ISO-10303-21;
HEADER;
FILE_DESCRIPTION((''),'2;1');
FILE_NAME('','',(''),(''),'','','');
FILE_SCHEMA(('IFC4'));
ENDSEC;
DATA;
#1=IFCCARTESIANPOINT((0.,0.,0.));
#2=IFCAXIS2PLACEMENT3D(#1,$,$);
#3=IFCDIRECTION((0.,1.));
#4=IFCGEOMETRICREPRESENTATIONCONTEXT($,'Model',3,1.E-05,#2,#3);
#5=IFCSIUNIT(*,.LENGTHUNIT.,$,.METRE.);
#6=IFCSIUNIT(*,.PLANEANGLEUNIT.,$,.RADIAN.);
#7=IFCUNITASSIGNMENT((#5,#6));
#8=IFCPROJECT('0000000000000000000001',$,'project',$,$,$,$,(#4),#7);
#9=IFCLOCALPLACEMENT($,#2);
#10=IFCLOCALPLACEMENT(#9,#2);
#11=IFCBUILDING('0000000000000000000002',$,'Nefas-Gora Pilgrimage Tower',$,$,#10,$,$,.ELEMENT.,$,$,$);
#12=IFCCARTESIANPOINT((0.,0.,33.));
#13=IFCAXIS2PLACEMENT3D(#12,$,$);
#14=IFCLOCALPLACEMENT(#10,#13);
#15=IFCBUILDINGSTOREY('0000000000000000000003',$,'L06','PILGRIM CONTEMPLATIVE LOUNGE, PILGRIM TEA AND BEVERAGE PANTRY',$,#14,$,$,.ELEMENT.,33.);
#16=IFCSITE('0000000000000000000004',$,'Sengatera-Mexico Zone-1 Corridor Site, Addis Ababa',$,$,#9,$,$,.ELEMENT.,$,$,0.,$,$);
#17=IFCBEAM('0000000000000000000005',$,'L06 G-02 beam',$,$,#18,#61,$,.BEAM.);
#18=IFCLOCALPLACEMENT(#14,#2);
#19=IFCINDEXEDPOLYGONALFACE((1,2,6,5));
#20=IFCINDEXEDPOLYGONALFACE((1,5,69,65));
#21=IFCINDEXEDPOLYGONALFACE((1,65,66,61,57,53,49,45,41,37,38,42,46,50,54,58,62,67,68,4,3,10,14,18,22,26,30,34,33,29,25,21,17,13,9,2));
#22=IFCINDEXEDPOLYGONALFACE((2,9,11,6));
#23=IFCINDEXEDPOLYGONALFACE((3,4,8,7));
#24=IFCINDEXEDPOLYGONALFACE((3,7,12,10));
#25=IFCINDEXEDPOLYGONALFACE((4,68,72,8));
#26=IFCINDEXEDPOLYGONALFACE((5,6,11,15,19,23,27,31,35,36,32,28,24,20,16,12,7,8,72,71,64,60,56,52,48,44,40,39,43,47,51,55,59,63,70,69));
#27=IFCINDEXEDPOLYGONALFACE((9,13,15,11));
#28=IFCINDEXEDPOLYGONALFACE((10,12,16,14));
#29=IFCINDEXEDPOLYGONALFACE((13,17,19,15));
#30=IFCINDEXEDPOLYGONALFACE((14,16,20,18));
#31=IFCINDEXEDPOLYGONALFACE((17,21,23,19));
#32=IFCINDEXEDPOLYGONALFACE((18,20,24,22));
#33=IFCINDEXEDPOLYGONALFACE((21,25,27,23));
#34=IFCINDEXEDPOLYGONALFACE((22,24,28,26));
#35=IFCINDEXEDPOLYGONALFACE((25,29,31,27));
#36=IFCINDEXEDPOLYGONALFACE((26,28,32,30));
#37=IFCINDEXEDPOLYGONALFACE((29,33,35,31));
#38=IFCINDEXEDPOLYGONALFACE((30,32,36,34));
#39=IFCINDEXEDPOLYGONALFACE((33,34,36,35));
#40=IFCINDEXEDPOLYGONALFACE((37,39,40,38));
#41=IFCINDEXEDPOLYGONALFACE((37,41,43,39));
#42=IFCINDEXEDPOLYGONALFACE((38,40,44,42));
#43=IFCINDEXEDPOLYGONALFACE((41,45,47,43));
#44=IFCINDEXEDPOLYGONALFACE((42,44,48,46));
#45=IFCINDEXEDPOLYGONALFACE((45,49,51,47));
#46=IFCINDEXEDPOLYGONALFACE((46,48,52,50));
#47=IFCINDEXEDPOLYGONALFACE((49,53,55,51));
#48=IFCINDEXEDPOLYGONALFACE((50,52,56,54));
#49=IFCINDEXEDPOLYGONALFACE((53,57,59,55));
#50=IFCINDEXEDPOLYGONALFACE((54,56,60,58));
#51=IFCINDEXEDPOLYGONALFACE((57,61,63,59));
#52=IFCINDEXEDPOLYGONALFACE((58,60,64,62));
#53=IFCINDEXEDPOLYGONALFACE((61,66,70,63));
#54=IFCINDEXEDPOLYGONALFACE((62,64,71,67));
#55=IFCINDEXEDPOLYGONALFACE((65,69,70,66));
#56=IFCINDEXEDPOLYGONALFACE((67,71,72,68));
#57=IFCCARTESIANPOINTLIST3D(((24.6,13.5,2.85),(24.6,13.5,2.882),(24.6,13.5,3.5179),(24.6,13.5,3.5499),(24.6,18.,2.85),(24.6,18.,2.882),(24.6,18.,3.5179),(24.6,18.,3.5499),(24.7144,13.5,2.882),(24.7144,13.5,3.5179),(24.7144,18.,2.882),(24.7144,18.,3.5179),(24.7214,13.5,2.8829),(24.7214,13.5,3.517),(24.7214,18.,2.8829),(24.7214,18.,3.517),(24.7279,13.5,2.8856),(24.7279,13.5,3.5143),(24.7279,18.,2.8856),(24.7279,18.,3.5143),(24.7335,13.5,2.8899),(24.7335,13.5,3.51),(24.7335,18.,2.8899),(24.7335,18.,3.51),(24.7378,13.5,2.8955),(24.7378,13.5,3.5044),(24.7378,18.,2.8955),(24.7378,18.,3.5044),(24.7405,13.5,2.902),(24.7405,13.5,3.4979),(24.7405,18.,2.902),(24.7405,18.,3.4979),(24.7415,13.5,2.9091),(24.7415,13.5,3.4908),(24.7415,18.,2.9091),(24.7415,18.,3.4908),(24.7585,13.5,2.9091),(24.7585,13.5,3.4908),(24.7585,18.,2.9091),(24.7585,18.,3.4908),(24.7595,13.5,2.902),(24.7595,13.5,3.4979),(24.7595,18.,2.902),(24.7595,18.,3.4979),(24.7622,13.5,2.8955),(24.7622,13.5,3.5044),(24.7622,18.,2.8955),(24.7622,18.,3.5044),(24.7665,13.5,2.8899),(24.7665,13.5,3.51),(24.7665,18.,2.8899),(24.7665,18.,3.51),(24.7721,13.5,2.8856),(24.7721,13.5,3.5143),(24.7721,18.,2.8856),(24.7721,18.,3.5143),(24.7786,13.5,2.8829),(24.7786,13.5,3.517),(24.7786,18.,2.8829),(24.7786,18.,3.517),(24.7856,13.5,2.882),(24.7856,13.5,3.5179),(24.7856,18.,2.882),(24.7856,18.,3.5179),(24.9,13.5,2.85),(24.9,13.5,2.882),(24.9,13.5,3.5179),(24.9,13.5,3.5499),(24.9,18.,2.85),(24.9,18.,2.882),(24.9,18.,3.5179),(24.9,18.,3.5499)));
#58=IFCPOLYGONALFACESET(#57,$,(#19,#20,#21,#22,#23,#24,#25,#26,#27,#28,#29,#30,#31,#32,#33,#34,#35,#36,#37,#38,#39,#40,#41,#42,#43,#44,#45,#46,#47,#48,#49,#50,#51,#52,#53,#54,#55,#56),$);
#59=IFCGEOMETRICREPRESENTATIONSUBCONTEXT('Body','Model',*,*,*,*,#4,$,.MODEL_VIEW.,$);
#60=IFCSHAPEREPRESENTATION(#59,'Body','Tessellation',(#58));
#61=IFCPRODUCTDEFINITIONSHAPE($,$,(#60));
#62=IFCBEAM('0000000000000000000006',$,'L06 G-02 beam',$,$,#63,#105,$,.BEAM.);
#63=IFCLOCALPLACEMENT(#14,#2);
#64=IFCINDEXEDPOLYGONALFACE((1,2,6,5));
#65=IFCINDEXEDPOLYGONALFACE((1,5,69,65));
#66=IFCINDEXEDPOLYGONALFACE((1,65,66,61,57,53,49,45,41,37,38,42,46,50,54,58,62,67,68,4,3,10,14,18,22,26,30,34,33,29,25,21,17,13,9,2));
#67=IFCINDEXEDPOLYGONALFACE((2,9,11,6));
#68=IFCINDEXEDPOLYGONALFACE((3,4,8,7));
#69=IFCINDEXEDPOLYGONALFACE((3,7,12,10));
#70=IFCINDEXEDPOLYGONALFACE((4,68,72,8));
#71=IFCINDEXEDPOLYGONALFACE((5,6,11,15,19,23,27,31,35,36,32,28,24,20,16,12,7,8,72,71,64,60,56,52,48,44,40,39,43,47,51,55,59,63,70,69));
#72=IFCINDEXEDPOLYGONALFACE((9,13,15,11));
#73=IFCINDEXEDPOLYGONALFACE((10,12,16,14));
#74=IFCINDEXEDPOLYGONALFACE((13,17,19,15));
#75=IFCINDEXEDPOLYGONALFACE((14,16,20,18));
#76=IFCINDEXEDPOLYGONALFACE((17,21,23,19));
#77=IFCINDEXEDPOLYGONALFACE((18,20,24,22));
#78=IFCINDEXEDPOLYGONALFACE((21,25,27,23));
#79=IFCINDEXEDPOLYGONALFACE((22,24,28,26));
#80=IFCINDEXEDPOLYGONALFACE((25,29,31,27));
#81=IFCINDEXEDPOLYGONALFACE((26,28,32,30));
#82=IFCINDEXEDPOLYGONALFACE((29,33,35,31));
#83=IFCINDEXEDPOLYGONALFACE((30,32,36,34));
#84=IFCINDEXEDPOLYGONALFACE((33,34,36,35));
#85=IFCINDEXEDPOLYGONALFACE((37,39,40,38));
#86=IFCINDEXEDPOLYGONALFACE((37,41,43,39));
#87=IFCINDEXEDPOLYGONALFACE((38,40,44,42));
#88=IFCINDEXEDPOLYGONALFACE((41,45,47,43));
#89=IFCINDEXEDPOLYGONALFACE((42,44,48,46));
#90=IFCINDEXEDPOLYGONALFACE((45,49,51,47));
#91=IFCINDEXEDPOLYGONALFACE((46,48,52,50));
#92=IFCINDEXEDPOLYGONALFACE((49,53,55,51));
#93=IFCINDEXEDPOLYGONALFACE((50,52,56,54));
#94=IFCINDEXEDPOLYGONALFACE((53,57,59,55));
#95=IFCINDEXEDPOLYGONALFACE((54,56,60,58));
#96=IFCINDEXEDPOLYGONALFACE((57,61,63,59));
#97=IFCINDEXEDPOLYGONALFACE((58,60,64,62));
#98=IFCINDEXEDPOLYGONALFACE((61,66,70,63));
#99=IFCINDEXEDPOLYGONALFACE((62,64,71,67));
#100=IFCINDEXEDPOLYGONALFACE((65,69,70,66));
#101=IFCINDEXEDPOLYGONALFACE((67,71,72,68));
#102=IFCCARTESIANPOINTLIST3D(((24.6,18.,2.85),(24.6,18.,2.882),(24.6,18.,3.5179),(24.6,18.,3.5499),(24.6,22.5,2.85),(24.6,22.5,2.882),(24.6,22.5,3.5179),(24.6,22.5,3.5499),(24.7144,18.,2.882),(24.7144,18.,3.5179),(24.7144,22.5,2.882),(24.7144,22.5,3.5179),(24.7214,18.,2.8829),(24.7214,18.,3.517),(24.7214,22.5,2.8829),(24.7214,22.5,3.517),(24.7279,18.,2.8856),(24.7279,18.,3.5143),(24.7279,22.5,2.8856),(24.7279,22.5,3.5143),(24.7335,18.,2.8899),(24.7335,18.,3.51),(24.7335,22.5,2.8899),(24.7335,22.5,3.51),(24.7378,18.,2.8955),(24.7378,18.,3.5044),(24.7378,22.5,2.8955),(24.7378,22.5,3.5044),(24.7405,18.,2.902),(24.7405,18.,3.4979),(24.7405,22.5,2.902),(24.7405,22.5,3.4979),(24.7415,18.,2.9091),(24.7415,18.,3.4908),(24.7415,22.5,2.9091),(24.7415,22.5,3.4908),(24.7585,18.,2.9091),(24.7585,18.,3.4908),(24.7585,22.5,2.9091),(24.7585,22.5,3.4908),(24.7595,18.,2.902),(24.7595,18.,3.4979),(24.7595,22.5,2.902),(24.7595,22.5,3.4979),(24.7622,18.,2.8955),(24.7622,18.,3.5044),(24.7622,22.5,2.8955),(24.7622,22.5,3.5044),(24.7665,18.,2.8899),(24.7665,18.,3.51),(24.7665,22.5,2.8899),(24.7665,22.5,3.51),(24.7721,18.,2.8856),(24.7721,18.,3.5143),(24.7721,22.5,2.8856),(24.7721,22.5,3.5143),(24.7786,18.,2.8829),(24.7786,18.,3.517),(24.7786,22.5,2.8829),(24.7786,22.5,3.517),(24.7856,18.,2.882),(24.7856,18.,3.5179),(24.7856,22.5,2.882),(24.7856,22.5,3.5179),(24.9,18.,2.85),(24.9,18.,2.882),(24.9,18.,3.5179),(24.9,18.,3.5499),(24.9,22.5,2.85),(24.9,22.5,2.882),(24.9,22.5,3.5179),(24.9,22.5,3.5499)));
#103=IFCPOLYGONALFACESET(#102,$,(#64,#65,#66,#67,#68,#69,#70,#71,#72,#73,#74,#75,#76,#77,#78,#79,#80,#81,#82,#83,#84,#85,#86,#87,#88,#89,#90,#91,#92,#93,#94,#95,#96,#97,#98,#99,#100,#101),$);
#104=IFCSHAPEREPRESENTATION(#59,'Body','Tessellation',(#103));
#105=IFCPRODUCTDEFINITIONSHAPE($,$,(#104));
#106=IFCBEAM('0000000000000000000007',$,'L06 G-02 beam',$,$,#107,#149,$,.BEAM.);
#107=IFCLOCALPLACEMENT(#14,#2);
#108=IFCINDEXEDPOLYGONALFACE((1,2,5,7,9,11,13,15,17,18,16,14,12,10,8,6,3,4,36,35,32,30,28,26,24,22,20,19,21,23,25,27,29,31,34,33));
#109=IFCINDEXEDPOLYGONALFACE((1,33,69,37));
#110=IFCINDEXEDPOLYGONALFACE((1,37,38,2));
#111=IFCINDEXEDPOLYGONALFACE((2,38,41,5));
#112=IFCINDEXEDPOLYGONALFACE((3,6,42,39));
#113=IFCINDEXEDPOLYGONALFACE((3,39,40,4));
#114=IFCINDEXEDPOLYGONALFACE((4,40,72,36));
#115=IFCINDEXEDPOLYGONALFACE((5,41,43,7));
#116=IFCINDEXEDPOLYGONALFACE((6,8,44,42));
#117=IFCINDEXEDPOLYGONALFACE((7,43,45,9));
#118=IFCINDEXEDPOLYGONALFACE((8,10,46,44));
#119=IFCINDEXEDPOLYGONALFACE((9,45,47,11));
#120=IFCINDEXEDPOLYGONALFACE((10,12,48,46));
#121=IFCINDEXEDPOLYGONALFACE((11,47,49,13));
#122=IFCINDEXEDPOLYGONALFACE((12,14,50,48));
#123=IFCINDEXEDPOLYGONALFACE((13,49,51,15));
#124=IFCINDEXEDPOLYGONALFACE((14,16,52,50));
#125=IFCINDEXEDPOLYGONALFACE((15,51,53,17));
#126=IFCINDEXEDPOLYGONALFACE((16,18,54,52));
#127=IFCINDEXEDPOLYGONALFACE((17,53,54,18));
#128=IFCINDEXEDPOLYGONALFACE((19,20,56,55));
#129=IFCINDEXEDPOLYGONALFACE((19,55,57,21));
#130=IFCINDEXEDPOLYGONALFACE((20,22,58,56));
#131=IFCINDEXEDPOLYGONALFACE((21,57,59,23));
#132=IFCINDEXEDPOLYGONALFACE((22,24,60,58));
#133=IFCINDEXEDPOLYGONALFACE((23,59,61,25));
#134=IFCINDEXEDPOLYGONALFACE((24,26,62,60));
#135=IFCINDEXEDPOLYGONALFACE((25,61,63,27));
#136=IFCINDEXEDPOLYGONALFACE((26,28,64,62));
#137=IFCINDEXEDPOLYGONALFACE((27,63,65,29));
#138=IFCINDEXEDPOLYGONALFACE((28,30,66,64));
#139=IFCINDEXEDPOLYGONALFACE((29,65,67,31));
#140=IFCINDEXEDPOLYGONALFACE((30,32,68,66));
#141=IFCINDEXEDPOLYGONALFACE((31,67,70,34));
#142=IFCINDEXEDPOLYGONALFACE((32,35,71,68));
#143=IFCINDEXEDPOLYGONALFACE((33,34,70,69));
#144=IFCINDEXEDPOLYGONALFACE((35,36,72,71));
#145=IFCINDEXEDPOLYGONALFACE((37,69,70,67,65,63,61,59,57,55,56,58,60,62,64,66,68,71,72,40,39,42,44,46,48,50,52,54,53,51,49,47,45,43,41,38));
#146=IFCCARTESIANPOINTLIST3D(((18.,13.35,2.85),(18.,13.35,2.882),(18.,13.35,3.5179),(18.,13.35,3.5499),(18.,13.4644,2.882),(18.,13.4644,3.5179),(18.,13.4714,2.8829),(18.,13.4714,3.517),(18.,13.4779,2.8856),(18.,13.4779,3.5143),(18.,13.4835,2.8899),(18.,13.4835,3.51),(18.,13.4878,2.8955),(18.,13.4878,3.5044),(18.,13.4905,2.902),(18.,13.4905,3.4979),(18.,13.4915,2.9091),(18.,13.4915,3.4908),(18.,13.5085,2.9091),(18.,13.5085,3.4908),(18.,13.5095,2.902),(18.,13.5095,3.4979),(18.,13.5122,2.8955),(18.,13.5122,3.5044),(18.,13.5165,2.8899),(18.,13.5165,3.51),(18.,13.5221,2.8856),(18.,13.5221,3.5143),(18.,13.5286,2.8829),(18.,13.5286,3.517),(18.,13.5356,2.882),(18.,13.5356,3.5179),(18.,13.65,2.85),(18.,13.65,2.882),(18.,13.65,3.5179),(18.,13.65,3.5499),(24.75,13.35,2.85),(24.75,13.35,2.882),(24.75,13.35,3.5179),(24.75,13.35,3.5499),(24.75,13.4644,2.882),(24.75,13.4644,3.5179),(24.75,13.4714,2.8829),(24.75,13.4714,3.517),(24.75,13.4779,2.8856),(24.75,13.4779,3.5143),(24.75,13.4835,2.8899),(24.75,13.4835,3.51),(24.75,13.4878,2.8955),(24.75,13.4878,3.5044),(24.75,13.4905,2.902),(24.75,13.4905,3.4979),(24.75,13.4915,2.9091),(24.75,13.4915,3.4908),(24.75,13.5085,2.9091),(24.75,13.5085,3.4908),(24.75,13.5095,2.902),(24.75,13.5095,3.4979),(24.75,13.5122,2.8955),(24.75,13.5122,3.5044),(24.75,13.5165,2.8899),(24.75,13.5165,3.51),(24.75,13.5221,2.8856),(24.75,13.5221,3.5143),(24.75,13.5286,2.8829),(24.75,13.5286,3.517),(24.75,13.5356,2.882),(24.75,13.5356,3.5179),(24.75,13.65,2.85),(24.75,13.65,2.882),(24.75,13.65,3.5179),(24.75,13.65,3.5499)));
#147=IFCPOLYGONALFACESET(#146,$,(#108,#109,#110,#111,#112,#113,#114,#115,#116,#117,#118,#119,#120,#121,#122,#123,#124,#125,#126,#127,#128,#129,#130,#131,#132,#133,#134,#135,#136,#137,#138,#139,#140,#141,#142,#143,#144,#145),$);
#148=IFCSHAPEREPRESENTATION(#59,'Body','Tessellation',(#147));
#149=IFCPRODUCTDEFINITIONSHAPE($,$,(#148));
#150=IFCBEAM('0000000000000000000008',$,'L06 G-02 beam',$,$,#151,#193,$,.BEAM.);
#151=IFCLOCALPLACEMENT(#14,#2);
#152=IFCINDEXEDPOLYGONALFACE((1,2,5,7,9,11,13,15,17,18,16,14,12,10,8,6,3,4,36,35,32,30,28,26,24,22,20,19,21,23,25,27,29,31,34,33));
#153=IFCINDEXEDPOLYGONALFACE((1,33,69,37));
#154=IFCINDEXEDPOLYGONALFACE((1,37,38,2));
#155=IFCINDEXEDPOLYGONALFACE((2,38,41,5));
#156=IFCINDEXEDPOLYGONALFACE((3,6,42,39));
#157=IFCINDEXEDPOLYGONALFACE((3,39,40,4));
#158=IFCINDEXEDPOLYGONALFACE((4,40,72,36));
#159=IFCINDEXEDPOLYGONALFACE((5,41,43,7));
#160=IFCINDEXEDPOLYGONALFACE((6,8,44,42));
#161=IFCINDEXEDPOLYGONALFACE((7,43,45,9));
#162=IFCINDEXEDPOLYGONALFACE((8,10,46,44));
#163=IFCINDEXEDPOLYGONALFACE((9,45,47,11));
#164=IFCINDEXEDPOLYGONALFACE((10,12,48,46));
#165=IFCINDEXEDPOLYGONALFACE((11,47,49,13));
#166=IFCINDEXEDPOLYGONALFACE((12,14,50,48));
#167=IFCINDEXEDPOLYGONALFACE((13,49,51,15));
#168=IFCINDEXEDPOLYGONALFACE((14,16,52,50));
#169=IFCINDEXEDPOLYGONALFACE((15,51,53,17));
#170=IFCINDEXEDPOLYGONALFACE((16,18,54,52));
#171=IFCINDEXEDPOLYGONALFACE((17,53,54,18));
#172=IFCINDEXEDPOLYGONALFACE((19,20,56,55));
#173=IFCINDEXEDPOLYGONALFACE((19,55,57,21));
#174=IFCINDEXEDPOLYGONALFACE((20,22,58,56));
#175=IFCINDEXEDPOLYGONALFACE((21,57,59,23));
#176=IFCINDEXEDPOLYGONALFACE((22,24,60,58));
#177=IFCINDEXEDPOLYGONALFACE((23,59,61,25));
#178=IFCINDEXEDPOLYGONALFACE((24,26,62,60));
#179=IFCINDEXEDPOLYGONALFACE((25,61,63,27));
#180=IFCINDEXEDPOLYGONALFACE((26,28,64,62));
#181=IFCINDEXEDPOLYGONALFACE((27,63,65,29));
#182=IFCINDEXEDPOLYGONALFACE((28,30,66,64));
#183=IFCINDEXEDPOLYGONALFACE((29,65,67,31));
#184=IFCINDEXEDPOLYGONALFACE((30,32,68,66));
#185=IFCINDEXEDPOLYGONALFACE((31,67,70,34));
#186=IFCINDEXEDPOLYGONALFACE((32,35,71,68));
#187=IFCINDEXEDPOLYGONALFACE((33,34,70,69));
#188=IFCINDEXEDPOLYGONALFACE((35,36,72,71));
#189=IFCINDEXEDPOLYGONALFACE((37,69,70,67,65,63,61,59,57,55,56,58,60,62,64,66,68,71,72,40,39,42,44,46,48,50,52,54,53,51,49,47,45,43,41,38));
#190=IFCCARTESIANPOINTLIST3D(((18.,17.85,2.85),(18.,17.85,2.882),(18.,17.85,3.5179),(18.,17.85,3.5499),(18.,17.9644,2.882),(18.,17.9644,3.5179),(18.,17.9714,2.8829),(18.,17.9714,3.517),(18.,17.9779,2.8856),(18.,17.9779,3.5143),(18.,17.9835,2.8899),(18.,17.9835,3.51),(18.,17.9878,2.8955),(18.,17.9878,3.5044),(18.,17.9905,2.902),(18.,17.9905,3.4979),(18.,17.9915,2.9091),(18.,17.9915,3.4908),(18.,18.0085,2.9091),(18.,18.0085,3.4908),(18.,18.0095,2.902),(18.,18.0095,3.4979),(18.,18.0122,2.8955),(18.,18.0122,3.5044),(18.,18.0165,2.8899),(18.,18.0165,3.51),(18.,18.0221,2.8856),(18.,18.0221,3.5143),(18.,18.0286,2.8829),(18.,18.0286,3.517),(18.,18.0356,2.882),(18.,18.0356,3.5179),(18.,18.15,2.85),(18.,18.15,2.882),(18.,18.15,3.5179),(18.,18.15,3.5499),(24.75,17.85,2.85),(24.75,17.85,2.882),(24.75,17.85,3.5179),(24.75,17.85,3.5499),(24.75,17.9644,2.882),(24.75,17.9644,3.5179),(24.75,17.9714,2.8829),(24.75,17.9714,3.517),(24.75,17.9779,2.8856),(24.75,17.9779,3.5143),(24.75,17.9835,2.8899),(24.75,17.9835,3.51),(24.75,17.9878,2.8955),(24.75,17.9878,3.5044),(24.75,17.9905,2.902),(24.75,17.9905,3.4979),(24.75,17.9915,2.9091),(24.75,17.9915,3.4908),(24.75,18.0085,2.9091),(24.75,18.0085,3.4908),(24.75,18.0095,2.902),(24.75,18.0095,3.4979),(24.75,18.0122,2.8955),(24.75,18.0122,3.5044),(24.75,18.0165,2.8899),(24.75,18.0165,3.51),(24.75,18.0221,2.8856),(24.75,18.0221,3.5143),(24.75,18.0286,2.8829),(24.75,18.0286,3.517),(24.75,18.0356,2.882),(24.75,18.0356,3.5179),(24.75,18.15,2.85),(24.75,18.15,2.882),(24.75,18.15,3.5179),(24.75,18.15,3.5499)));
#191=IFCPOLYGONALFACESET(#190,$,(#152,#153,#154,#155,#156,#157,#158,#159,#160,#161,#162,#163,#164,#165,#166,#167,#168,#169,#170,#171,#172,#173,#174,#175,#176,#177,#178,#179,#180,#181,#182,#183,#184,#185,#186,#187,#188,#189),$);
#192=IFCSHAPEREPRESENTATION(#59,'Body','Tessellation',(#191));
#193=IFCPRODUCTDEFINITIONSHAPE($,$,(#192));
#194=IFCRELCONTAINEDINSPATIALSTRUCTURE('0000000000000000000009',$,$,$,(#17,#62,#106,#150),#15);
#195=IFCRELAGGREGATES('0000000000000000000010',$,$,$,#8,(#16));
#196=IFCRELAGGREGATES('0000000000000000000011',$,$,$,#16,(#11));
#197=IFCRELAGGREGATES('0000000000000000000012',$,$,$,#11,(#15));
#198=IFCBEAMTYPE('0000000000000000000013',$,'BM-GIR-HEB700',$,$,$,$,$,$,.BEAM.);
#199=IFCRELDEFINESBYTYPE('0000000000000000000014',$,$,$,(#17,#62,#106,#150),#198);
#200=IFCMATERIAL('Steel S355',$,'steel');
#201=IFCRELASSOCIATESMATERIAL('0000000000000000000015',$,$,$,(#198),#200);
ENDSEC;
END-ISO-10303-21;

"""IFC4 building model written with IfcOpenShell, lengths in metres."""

from ifc_helpers import new_model, si_unit, direction, frame, origin, origin_2d, place, context, subcontext, project, spatial, i_section, extrude, source, transform, mapped, material, material_profile, profile_set, type_object, element, save


model = new_model("IFC4")

# Units and contexts
model_context = context("Model", 3, precision=1e-05, world=origin(), true_north=direction((0.0, 1.0)))
body_context = subcontext(model_context, "Body", "Model", "MODEL_VIEW")
ifc_project = project(units=[si_unit("LENGTHUNIT", "METRE"), si_unit("PLANEANGLEUNIT", "RADIAN")], contexts=[model_context])

# Site, building, storey
site_placement = place(None, origin())
site = spatial("IfcSite", under=ifc_project, at=site_placement, Name="Sengatera-Mexico Zone-1 Corridor Site, Addis Ababa", CompositionType="ELEMENT", RefElevation=0.0)
building_placement = place(site_placement, origin())
building = spatial("IfcBuilding", under=site, at=building_placement, Name="Nefas-Gora Pilgrimage Tower", CompositionType="ELEMENT")
storey_placement = place(building_placement, frame((0.0, 0.0, 33.0)))
storey = spatial("IfcBuildingStorey", under=building, at=storey_placement, Name="L06", Description="PILGRIM CONTEMPLATIVE LOUNGE, PILGRIM TEA AND BEVERAGE PANTRY", CompositionType="ELEMENT", Elevation=33.0)

# Beams
ifc_material_1 = material(Name="Steel S355", Category="steel")
ifc_material_profile_1 = material_profile(ifc_material_1, i_section(OverallWidth=0.3, OverallDepth=0.7, WebThickness=0.0171, FlangeThickness=0.032, FilletRadius=0.0271, at=origin_2d()), Name="HEB 700")
ifc_profile_set_1 = profile_set([ifc_material_profile_1], Name="Steel S355")
beam_type_1 = type_object("IfcBeamType", Name="BM-GIR-HEB700", PredefinedType="BEAM", material=ifc_profile_set_1)
shared_shape_1 = source(origin(), body_context, "Body", "SweptSolid", [
    extrude(i_section(OverallWidth=0.3, OverallDepth=0.7, WebThickness=0.0171, FlangeThickness=0.032, FilletRadius=0.0271, at=origin_2d()), origin(), (0.0, 0.0, 1.0), 4.5),
])
for number, where, z_axis, x_axis, name in (
    (1, (24.75, 13.5, 3.2), (0.0, 1.0, 0.0), (-1.0, 0.0, 0.0), "L06 G-02 beam"),
    (2, (24.75, 18.0, 3.2), (0.0, 1.0, 0.0), (-1.0, 0.0, 0.0), "L06 G-02 beam"),
):
    element("IfcBeam", number, at=place(storey_placement, frame(where, z_axis=z_axis, x_axis=x_axis)), inside=storey, type_object=beam_type_1, Name=name, PredefinedType="BEAM", context=body_context, shape_type="MappedRepresentation", body=[
        mapped(shared_shape_1, transform((0.0, 0.0, 0.0), x_axis=(1.0, 0.0, 0.0), y_axis=(0.0, 1.0, 0.0), z_axis=(0.0, 0.0, 1.0), scale=1.0)),
    ])
shared_shape_2 = source(origin(), body_context, "Body", "SweptSolid", [
    extrude(i_section(OverallWidth=0.3, OverallDepth=0.7, WebThickness=0.0171, FlangeThickness=0.032, FilletRadius=0.0271, at=origin_2d()), origin(), (0.0, 0.0, 1.0), 6.75),
])
for number, where, z_axis, x_axis, name in (
    (3, (18.0, 13.5, 3.2), (1.0, 0.0, 0.0), (0.0, 1.0, 0.0), "L06 G-02 beam"),
    (4, (18.0, 18.0, 3.2), (1.0, 0.0, 0.0), (0.0, 1.0, 0.0), "L06 G-02 beam"),
):
    element("IfcBeam", number, at=place(storey_placement, frame(where, z_axis=z_axis, x_axis=x_axis)), inside=storey, type_object=beam_type_1, Name=name, PredefinedType="BEAM", context=body_context, shape_type="MappedRepresentation", body=[
        mapped(shared_shape_2, transform((0.0, 0.0, 0.0), x_axis=(1.0, 0.0, 0.0), y_axis=(0.0, 1.0, 0.0), z_axis=(0.0, 0.0, 1.0), scale=1.0)),
    ])

save(model, "model.ifc")
